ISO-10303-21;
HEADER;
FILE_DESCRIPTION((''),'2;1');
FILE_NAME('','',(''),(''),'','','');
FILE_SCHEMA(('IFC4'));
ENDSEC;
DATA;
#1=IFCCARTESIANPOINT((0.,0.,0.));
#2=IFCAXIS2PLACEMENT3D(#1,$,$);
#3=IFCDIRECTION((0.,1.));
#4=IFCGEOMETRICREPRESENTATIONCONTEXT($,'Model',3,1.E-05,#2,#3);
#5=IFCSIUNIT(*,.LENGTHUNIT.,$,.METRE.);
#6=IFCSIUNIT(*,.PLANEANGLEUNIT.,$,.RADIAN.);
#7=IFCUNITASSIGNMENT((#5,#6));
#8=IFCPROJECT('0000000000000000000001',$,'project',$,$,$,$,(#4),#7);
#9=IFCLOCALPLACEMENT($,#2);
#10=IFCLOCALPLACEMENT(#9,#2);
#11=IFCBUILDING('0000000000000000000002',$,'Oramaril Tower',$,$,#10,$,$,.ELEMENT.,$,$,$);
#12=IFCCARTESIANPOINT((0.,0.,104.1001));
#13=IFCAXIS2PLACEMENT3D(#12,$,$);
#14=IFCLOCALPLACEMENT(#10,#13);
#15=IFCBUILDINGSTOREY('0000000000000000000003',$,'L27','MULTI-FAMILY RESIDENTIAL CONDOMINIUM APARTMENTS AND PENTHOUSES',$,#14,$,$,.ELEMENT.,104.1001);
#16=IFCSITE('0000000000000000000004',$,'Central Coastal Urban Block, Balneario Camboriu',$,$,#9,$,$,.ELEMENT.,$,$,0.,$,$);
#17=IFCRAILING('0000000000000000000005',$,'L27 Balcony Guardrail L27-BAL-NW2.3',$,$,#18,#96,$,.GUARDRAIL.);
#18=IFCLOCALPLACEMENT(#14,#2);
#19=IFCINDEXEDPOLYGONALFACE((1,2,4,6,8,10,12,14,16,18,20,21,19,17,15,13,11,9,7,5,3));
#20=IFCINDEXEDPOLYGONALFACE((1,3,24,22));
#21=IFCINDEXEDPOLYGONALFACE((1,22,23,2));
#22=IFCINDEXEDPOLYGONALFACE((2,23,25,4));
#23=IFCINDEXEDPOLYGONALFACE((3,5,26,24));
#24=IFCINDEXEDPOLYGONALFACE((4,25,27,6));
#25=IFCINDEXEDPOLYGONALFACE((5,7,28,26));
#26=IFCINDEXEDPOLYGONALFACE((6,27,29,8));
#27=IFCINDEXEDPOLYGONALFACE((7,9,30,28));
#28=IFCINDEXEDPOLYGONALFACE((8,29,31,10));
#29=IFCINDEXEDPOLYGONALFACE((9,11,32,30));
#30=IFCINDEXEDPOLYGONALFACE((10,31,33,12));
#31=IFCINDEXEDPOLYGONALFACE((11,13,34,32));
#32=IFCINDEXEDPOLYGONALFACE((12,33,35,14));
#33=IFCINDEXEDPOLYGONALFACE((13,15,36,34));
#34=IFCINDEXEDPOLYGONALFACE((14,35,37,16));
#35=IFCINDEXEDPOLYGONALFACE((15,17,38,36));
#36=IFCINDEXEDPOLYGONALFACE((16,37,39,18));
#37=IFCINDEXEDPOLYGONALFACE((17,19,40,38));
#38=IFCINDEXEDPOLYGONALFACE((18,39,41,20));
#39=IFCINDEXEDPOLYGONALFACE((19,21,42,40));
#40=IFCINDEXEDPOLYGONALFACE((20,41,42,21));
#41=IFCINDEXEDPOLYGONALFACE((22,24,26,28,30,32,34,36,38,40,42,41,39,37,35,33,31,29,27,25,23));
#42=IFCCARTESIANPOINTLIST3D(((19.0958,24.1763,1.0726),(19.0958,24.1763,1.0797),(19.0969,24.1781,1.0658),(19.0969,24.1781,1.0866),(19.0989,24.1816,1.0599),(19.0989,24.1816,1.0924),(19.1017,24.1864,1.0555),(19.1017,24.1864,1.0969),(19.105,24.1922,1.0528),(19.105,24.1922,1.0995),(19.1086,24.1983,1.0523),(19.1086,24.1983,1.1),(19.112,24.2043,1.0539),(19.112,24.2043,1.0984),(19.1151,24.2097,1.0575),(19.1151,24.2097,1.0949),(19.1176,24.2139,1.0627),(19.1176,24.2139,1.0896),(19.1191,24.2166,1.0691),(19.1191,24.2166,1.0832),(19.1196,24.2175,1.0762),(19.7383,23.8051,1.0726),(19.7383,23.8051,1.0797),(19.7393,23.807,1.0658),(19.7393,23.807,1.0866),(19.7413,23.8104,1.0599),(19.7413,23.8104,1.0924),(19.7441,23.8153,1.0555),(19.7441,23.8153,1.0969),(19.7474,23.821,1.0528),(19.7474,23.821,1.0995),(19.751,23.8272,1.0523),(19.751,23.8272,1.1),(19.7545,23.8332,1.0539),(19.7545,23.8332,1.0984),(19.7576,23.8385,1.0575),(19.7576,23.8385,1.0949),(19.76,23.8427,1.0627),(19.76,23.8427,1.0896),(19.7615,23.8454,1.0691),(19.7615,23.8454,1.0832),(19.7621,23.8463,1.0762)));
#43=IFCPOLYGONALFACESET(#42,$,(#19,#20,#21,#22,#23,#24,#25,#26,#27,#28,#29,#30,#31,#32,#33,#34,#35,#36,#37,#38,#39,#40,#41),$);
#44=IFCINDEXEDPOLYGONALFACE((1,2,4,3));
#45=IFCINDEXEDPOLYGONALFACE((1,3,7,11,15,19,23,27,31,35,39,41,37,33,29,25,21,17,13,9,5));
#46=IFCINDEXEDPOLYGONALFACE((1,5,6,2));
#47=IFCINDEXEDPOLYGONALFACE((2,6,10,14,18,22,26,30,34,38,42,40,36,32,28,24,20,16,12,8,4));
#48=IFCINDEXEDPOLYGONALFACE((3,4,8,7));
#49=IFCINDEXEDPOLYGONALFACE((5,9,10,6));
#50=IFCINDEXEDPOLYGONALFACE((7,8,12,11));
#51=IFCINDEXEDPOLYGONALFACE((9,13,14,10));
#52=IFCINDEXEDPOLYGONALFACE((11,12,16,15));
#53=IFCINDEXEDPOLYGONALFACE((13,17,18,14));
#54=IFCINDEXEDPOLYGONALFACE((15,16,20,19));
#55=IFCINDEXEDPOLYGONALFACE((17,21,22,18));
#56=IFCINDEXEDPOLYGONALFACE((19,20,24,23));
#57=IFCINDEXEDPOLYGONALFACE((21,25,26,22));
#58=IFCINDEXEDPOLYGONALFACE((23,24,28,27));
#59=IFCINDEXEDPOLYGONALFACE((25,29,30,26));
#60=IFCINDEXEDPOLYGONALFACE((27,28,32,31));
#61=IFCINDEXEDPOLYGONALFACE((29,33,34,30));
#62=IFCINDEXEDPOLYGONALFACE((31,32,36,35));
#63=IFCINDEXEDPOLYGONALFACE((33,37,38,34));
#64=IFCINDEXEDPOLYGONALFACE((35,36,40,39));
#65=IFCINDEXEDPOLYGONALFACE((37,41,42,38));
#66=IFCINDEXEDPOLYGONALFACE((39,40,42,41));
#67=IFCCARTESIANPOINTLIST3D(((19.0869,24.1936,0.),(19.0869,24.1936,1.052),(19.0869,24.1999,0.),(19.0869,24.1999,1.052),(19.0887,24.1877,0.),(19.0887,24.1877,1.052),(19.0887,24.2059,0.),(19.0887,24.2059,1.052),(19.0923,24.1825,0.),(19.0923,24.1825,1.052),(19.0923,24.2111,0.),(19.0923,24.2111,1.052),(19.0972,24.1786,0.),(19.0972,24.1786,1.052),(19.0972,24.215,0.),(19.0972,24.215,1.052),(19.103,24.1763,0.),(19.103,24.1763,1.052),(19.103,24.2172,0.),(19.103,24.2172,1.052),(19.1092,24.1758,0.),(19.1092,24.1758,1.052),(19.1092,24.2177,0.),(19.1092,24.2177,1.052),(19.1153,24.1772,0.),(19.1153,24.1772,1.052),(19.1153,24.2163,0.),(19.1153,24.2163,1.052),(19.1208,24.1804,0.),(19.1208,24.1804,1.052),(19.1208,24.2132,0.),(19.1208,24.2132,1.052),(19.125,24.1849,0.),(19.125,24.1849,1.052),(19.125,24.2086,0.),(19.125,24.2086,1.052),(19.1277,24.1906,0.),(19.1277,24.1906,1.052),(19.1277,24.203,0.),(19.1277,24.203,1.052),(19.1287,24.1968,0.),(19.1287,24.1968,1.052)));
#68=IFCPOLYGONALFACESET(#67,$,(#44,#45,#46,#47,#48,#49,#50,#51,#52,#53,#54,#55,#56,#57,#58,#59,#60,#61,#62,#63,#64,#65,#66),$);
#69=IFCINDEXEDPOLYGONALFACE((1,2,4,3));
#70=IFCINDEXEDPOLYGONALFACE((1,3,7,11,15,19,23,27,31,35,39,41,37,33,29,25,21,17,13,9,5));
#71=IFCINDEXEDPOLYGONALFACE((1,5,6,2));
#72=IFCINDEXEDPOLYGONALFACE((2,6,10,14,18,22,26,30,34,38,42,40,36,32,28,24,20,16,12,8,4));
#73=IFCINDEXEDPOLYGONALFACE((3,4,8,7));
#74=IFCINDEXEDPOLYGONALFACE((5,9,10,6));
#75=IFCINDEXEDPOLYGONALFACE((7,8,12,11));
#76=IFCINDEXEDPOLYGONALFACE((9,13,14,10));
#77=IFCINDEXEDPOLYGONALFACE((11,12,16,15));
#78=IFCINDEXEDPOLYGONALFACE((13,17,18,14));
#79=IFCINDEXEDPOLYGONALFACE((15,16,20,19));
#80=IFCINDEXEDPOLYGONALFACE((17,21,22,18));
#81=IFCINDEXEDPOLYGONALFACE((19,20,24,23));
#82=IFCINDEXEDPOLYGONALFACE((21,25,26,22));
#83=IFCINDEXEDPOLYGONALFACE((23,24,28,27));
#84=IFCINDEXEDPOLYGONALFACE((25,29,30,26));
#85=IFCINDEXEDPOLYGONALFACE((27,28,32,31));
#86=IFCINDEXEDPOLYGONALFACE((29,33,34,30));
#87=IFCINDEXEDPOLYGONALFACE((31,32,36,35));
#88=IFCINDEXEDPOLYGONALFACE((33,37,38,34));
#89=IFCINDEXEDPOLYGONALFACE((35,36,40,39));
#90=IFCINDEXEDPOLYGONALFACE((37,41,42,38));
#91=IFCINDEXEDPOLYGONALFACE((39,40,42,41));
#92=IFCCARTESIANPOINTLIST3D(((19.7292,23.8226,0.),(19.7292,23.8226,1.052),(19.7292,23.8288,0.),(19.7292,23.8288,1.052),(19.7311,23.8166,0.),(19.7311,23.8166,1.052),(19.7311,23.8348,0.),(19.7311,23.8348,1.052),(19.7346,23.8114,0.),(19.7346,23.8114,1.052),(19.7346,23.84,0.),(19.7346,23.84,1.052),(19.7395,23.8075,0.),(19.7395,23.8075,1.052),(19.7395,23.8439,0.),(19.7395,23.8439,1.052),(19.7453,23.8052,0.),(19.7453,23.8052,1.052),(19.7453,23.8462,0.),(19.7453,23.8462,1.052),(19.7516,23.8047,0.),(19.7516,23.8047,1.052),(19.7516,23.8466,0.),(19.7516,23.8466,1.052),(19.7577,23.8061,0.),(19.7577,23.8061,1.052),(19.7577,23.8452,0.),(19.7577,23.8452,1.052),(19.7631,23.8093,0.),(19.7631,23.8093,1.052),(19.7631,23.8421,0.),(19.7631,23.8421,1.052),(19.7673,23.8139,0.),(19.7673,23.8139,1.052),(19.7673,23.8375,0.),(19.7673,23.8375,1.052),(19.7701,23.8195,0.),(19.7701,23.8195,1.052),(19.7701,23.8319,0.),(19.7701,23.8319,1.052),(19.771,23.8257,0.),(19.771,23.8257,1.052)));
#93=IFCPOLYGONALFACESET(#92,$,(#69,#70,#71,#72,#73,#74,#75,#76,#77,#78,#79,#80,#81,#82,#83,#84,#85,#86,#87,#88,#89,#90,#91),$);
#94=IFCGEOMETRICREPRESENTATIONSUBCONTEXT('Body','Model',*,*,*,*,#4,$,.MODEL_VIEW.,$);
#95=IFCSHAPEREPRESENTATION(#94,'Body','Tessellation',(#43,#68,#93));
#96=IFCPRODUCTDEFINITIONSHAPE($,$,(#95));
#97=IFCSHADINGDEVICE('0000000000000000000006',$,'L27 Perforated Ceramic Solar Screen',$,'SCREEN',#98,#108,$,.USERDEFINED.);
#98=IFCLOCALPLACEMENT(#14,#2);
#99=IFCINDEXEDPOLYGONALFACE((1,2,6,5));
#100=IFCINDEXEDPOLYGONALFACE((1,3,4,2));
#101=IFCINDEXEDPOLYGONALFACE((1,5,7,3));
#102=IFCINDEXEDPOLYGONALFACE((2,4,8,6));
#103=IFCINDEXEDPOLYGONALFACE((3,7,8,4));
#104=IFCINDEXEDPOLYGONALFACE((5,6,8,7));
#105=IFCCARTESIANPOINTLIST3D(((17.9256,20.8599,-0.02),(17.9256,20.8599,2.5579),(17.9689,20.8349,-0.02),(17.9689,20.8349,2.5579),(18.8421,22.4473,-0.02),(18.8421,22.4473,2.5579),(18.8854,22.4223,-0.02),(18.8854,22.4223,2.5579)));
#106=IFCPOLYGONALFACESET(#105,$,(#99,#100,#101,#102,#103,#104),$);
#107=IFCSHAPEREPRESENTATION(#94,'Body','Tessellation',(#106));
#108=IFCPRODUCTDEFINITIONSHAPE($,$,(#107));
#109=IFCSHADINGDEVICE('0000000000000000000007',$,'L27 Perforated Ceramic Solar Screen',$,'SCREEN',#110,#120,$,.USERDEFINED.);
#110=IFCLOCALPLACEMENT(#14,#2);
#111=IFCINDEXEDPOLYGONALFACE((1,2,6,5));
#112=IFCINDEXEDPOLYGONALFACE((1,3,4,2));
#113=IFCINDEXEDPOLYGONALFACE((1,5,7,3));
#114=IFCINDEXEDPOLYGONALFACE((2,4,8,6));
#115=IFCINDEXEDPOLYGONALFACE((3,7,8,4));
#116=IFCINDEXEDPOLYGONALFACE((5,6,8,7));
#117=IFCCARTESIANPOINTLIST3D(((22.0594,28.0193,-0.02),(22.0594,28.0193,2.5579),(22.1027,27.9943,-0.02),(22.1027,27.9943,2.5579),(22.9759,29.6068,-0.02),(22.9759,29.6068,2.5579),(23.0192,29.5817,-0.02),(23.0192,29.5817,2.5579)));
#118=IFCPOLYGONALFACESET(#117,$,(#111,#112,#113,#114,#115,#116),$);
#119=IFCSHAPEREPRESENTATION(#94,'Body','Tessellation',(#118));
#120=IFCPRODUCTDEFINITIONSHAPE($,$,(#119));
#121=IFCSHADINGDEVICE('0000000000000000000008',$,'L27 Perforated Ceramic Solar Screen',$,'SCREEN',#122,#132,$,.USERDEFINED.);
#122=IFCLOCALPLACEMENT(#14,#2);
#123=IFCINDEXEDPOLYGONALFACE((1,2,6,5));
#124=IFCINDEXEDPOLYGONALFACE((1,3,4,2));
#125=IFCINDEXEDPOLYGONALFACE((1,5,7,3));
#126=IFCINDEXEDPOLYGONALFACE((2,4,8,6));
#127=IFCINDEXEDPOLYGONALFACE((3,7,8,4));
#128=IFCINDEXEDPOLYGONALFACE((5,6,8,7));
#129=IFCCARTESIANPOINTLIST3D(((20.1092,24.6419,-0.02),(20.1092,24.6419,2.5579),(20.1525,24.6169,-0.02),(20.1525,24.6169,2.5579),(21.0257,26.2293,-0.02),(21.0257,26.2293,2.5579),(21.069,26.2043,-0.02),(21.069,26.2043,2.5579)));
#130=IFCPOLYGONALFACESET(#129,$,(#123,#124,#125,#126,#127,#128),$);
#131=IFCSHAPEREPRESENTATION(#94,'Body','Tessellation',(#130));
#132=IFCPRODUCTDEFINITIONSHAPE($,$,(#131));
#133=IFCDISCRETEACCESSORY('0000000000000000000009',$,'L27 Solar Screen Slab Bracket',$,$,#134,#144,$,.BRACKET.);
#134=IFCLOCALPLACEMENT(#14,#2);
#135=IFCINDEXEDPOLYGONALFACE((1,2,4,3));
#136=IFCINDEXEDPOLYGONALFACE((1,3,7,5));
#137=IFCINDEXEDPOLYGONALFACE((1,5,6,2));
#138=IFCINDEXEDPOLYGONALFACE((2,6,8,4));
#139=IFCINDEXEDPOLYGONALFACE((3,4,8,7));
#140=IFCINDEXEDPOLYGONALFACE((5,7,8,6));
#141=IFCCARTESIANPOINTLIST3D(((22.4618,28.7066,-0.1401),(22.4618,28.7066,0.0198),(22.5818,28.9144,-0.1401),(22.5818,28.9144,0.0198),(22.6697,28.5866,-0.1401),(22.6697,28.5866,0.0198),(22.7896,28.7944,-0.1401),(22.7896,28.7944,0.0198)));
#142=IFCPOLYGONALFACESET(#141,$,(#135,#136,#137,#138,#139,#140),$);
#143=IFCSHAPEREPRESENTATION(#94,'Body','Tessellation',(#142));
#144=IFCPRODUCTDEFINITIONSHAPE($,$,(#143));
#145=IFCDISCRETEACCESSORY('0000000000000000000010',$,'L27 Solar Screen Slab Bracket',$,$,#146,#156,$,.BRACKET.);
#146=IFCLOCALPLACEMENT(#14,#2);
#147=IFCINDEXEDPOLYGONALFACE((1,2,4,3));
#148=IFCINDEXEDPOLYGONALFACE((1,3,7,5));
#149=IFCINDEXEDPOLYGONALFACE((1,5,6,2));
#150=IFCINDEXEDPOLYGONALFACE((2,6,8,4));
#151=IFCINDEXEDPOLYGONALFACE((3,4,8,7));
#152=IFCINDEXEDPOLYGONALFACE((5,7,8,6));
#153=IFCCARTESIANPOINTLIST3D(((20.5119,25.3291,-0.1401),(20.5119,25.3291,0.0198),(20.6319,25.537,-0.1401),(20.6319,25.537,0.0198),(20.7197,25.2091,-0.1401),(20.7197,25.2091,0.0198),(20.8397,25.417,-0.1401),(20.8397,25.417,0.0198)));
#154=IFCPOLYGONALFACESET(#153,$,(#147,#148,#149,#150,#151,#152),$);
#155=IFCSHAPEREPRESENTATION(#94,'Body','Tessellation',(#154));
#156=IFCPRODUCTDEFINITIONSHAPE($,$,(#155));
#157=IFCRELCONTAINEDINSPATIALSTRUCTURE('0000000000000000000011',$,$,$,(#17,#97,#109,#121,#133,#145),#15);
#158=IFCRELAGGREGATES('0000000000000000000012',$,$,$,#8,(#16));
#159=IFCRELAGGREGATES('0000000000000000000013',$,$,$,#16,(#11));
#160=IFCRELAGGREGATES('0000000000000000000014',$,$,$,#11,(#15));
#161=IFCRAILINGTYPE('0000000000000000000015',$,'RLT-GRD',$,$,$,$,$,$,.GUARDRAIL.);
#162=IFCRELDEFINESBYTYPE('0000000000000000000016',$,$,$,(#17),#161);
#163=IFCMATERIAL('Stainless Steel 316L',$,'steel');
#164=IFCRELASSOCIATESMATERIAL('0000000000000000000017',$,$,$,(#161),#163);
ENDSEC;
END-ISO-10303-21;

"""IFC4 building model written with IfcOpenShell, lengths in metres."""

from ifc_helpers import new_model, si_unit, direction, frame, origin, origin_2d, place, context, subcontext, project, spatial, rectangle, circle, extrude, material, type_object, element, save


model = new_model("IFC4")

# Units and contexts
model_context = context("Model", 3, precision=1e-05, world=origin(), true_north=direction((0.0, 1.0)))
body_context = subcontext(model_context, "Body", "Model", "MODEL_VIEW")
ifc_project = project(units=[si_unit("LENGTHUNIT", "METRE"), si_unit("PLANEANGLEUNIT", "RADIAN")], contexts=[model_context])

# Site, building, storey
site_placement = place(None, origin())
site = spatial("IfcSite", under=ifc_project, at=site_placement, Name="Central Coastal Urban Block, Balneario Camboriu", CompositionType="ELEMENT", RefElevation=0.0)
building_placement = place(site_placement, origin())
building = spatial("IfcBuilding", under=site, at=building_placement, Name="Oramaril Tower", CompositionType="ELEMENT")
storey_placement = place(building_placement, frame((0.0, 0.0, 104.1001)))
storey = spatial("IfcBuildingStorey", under=building, at=storey_placement, Name="L27", Description="MULTI-FAMILY RESIDENTIAL CONDOMINIUM APARTMENTS AND PENTHOUSES", CompositionType="ELEMENT", Elevation=104.1001)

# Railing
ifc_material_1 = material(Name="Stainless Steel 316L", Category="steel")
railing_type = type_object("IfcRailingType", Name="RLT-GRD", PredefinedType="GUARDRAIL", material=ifc_material_1)
railing_placement = place(storey_placement, frame((19.1077, 24.1968, 0.0)))
element("IfcRailing", 1, at=railing_placement, inside=storey, type_object=railing_type, Name="L27 Balcony Guardrail L27-BAL-NW2.3", PredefinedType="GUARDRAIL", context=body_context, shape_type="SweptSolid", body=[
    extrude(circle(Radius=0.0239, at=origin_2d()), frame((0.0, 0.0, 1.0762), z_axis=(0.865884, -0.500245, 0.0), x_axis=(0.500245, 0.865884, 0.0)), (0.0, 0.0, 1.0), 0.7419),
    extrude(circle(Radius=0.021, at=origin_2d()), origin(), (0.0, 0.0, 1.0), 1.052),
    extrude(circle(Radius=0.021, at=origin_2d()), frame((0.6423, -0.3711, 0.0)), (0.0, 0.0, 1.0), 1.052),
])

# Shading devices
for number, where, z_axis, x_axis, name in (
    (2, (18.4055, 21.6411, -0.02), (0.0, 0.0, 1.0), (-0.5, -0.866025, 0.0), "L27 Perforated Ceramic Solar Screen"),
    (3, (22.5393, 28.8005, -0.02), (0.0, 0.0, 1.0), (-0.5, -0.866025, 0.0), "L27 Perforated Ceramic Solar Screen"),
    (4, (20.5891, 25.4231, -0.02), (0.0, 0.0, 1.0), (-0.5, -0.866025, 0.0), "L27 Perforated Ceramic Solar Screen"),
):
    element("IfcShadingDevice", number, at=place(storey_placement, frame(where, z_axis=z_axis, x_axis=x_axis)), inside=storey, Name=name, ObjectType="SCREEN", PredefinedType="USERDEFINED", context=body_context, shape_type="SweptSolid", body=[
        extrude(rectangle(XDim=1.833, YDim=0.05, at=origin_2d()), origin(), (0.0, 0.0, 1.0), 2.5779),
    ])

# Discrete accessories
for number, where, z_axis, x_axis, name in (
    (5, (22.6257, 28.7505, -0.1401), (0.0, 0.0, 1.0), (-0.5, -0.866025, 0.0), "L27 Solar Screen Slab Bracket"),
    (6, (20.6758, 25.373, -0.1401), (0.0, 0.0, 1.0), (-0.5, -0.866025, 0.0), "L27 Solar Screen Slab Bracket"),
):
    element("IfcDiscreteAccessory", number, at=place(storey_placement, frame(where, z_axis=z_axis, x_axis=x_axis)), inside=storey, Name=name, PredefinedType="BRACKET", context=body_context, shape_type="SweptSolid", body=[
        extrude(rectangle(XDim=0.24, YDim=0.24, at=origin_2d()), origin(), (0.0, 0.0, 1.0), 0.1599),
    ])

save(model, "model.ifc")
